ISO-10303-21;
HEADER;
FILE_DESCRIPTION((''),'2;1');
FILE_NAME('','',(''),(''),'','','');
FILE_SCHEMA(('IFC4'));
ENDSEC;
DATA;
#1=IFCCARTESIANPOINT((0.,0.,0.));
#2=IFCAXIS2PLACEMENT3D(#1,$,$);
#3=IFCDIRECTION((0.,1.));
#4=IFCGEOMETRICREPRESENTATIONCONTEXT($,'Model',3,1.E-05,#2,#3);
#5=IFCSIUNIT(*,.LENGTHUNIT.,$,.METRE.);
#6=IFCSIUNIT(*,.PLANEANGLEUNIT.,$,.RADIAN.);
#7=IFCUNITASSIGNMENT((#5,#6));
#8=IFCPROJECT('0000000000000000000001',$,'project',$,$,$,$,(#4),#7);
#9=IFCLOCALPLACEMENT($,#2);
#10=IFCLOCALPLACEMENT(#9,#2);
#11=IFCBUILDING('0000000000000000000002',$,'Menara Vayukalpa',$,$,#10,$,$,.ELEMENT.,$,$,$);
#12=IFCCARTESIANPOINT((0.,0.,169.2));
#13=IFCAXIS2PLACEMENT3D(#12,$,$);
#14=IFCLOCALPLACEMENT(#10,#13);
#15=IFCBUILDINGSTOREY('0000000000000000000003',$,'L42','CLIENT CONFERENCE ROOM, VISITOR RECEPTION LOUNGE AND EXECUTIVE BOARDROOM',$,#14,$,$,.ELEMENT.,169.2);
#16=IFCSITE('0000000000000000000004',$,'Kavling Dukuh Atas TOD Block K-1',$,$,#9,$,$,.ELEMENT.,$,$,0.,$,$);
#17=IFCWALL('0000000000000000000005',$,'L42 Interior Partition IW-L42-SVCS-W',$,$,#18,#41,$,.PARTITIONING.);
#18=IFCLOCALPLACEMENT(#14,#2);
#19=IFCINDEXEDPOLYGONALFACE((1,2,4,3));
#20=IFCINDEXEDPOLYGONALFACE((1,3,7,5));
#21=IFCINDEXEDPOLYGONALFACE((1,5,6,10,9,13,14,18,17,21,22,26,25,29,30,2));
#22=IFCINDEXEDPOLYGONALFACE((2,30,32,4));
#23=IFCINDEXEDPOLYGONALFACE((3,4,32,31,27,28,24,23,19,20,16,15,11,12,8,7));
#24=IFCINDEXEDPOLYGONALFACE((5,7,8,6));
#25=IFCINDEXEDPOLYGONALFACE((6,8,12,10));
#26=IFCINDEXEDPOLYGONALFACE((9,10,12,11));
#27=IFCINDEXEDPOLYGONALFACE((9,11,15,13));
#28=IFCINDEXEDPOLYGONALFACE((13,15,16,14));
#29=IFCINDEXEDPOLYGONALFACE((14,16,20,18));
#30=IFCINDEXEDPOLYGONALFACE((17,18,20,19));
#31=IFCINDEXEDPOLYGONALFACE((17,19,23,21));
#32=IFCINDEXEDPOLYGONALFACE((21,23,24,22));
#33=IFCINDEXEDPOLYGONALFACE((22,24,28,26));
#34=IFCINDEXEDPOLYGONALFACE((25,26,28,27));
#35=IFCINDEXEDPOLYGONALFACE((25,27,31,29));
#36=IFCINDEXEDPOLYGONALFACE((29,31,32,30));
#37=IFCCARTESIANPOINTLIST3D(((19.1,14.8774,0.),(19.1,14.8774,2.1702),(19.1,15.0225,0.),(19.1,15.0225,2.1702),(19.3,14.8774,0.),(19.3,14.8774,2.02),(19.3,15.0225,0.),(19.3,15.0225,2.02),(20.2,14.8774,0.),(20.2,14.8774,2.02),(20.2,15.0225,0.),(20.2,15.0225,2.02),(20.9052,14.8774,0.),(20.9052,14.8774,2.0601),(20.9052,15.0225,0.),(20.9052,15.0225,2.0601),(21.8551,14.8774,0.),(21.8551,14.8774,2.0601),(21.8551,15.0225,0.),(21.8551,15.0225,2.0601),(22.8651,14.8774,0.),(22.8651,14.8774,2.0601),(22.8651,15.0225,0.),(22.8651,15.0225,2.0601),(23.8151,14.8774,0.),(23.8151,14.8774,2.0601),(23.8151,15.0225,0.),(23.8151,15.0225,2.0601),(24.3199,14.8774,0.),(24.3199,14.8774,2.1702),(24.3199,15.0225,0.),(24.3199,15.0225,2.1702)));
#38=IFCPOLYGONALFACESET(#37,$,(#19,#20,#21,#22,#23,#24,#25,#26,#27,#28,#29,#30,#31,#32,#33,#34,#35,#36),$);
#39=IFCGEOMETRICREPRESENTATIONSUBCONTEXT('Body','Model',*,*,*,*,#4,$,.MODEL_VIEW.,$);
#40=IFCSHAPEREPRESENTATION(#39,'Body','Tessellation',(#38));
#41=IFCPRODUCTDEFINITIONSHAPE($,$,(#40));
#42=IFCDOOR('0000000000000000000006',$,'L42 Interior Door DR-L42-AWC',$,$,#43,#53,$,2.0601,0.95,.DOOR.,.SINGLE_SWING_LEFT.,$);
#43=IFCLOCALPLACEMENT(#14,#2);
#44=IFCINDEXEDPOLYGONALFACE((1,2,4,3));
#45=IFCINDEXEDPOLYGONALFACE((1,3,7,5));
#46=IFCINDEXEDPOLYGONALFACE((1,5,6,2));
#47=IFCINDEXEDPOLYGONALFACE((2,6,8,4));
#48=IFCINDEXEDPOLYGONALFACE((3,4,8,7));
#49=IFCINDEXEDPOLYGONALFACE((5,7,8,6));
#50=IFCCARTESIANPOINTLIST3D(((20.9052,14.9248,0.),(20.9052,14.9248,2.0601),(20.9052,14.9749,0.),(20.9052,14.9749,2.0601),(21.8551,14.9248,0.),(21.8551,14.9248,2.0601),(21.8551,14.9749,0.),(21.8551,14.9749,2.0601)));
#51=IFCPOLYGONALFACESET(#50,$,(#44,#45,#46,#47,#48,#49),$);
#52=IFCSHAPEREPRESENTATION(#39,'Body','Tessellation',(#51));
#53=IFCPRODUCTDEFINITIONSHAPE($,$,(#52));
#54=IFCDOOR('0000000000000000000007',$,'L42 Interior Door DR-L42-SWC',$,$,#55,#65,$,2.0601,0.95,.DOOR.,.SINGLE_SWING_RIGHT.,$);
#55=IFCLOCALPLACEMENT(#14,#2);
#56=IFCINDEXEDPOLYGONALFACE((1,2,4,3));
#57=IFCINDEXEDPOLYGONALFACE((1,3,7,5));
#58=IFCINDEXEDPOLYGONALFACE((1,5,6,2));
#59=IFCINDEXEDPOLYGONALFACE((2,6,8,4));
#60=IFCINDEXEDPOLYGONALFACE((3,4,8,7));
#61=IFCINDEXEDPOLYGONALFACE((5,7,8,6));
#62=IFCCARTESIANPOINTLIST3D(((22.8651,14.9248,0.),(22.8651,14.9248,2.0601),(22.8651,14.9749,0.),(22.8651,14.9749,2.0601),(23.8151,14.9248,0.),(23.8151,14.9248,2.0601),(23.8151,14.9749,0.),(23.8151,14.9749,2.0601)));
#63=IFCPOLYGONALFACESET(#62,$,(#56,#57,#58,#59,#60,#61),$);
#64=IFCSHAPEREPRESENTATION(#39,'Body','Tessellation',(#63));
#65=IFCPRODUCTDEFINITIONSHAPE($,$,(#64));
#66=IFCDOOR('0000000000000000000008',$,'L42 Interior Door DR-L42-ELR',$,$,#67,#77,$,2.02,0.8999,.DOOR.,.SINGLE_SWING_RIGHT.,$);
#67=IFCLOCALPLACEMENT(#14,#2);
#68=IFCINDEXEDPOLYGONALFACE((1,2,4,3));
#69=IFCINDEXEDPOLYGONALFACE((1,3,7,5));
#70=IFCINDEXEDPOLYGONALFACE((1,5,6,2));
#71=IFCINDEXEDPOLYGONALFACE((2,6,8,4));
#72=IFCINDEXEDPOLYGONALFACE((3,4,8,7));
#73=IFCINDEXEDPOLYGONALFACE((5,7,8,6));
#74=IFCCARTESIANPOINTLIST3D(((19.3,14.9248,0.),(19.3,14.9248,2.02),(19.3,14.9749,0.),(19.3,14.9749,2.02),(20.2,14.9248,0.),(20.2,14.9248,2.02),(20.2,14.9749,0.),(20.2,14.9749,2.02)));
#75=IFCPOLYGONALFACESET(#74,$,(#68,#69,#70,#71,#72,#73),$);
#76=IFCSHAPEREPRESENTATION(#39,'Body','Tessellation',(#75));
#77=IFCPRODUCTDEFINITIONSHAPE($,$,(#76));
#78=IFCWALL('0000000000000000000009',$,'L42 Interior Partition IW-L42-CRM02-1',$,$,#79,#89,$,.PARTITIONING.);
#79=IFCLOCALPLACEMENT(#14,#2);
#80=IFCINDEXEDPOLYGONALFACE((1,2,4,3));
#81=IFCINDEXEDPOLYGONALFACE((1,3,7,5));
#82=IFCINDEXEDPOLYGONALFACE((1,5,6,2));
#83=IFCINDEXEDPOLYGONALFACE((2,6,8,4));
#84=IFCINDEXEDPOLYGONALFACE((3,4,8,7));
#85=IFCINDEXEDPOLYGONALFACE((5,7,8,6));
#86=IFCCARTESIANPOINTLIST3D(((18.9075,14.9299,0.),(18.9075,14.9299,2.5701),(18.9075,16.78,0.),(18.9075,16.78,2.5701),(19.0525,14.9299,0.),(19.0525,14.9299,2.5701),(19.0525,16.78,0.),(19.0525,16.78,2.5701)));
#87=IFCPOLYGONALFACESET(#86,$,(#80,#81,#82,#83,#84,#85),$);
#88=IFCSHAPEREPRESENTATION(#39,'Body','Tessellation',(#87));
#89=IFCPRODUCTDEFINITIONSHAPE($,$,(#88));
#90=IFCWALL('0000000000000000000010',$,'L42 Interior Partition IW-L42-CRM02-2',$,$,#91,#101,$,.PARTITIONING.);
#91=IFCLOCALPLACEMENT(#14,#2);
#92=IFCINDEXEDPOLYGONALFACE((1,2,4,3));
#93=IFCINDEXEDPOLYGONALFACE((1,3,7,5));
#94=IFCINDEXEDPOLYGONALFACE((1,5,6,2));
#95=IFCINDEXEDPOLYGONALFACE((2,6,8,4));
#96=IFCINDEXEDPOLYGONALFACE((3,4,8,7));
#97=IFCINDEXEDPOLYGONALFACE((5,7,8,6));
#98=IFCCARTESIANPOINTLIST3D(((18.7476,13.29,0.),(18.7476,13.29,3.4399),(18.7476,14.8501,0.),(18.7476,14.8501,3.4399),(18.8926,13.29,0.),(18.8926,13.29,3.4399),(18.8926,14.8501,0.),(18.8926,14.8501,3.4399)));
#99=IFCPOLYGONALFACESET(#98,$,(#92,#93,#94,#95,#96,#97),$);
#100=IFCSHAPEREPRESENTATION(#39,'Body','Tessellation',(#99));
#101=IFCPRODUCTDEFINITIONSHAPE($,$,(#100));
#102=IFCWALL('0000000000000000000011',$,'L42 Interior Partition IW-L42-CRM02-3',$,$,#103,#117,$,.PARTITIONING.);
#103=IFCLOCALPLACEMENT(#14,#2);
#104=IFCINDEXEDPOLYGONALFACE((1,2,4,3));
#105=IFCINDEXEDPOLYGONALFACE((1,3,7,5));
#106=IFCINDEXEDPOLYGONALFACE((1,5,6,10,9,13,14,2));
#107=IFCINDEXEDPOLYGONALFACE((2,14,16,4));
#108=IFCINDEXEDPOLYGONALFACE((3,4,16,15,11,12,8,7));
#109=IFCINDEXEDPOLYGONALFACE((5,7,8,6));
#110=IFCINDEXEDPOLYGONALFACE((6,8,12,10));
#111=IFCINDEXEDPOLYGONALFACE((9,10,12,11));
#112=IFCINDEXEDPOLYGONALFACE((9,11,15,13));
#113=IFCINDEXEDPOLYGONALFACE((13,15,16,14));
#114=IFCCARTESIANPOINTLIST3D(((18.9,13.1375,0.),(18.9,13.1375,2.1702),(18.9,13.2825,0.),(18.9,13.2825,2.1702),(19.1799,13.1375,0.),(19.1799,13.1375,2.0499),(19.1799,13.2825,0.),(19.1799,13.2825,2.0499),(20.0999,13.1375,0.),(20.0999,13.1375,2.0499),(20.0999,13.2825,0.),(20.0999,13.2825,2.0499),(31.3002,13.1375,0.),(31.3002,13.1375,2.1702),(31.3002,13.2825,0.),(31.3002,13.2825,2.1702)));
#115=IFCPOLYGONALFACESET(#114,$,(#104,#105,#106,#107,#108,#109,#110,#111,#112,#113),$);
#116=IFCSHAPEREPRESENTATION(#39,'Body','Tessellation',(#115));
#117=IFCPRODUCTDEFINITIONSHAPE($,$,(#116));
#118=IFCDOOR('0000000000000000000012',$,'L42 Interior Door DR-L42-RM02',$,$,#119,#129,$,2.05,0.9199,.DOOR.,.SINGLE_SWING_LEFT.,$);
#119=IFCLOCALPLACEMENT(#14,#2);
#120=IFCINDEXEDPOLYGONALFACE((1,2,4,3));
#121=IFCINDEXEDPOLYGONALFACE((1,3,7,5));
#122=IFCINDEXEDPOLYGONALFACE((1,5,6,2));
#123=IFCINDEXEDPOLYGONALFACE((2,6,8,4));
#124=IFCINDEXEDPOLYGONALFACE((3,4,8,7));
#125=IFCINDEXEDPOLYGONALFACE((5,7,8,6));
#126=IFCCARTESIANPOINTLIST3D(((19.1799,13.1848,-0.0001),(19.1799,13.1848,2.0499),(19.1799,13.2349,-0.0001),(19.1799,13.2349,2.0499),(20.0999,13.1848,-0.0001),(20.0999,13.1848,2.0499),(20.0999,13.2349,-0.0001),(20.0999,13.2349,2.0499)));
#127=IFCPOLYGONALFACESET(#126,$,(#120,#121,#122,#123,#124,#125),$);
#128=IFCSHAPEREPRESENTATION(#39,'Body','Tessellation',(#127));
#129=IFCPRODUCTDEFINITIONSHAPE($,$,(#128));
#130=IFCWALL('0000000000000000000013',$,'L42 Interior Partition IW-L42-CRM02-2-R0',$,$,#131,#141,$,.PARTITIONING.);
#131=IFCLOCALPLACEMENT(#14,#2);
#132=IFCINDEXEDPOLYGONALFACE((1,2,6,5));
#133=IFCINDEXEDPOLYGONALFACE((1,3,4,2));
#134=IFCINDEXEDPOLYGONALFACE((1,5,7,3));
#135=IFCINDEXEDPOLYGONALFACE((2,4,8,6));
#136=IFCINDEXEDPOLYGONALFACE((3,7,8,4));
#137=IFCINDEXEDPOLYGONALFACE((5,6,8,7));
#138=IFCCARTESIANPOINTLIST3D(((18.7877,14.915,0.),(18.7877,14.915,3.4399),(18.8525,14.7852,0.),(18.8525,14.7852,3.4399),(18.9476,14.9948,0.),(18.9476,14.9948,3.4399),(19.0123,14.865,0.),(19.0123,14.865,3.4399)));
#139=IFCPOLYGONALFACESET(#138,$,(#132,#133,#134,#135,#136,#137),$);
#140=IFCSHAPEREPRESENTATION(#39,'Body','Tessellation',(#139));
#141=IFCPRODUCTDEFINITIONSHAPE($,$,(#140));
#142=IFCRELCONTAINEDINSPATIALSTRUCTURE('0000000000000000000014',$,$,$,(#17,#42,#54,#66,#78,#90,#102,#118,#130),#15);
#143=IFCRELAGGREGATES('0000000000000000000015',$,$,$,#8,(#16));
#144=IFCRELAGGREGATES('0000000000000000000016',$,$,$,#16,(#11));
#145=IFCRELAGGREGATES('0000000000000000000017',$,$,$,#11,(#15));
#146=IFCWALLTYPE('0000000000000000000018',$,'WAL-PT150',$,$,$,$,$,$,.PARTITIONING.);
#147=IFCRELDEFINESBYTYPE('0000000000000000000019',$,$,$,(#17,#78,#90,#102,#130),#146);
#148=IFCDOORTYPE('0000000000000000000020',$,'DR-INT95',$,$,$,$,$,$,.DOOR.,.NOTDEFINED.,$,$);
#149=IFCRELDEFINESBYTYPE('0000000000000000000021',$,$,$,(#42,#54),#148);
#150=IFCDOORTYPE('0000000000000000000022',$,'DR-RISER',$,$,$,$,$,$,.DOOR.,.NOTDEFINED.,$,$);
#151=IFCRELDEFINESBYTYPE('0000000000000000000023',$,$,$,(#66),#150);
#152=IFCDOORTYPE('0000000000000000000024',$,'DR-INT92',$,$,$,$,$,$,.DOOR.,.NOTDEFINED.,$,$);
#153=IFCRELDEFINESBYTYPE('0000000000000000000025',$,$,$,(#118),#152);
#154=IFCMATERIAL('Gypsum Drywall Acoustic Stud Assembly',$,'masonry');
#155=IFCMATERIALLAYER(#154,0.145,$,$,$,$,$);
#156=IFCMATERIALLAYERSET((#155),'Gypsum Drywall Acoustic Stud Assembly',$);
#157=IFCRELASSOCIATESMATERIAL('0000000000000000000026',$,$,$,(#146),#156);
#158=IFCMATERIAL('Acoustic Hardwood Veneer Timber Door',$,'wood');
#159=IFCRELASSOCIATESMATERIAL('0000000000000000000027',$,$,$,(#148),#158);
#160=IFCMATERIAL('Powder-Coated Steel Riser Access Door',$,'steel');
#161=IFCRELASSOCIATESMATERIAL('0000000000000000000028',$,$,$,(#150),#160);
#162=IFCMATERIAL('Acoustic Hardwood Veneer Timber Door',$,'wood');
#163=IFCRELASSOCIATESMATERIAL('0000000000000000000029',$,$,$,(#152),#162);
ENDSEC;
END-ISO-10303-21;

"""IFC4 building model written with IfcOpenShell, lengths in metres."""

from ifc_helpers import new_model, si_unit, direction, frame, frame_2d, origin, place, context, subcontext, project, spatial, rectangle, extrude, material, layer, layer_set, type_object, element, fill, save


model = new_model("IFC4")

# Units and contexts
model_context = context("Model", 3, precision=1e-05, world=origin(), true_north=direction((0.0, 1.0)))
body_context = subcontext(model_context, "Body", "Model", "MODEL_VIEW")
ifc_project = project(units=[si_unit("LENGTHUNIT", "METRE"), si_unit("PLANEANGLEUNIT", "RADIAN")], contexts=[model_context])

# Site, building, storey
site_placement = place(None, origin())
site = spatial("IfcSite", under=ifc_project, at=site_placement, Name="Kavling Dukuh Atas TOD Block K-1", CompositionType="ELEMENT", RefElevation=0.0)
building_placement = place(site_placement, origin())
building = spatial("IfcBuilding", under=site, at=building_placement, Name="Menara Vayukalpa", CompositionType="ELEMENT")
storey_placement = place(building_placement, frame((0.0, 0.0, 169.2)))
storey = spatial("IfcBuildingStorey", under=building, at=storey_placement, Name="L42", Description="CLIENT CONFERENCE ROOM, VISITOR RECEPTION LOUNGE AND EXECUTIVE BOARDROOM", CompositionType="ELEMENT", Elevation=169.2)

# Wall, openings, doors
ifc_material_1 = material(Name="Gypsum Drywall Acoustic Stud Assembly", Category="masonry")
ifc_layer_1 = layer(ifc_material_1, 0.145)
ifc_layer_set_1 = layer_set([ifc_layer_1], Name="Gypsum Drywall Acoustic Stud Assembly")
wall_type_1 = type_object("IfcWallType", Name="WAL-PT150", PredefinedType="PARTITIONING", material=ifc_layer_set_1)
wall_1_placement = place(storey_placement, frame((19.1001, 14.95, 0.0), z_axis=(0.0, 0.0, 1.0), x_axis=(1.0, 0.0, 0.0)))
wall_1 = element("IfcWall", 1, at=wall_1_placement, inside=storey, type_object=wall_type_1, Name="L42 Interior Partition IW-L42-SVCS-W", PredefinedType="PARTITIONING", context=body_context, shape_type="SweptSolid", body=[
    extrude(rectangle(XDim=5.22, YDim=0.145, at=frame_2d((2.6099, 0.0))), origin(), (0.0, 0.0, 1.0), 2.1702),
])
opening_1_placement = place(wall_1_placement, frame((0.2, 0.0, 0.0)))
opening_1 = element("IfcOpeningElement", 2, at=opening_1_placement, cuts=wall_1, PredefinedType="OPENING", context=body_context, shape_type="SweptSolid", body=[
    extrude(rectangle(XDim=0.8999, YDim=2.02, at=frame_2d((0.45, 1.01))), frame((0.0, 0.0825, 0.0), z_axis=(0.0, -1.0, 0.0), x_axis=(1.0, 0.0, 0.0)), (0.0, 0.0, 1.0), 0.165),
])
opening_2_placement = place(wall_1_placement, frame((1.8049, 0.0, 0.0)))
opening_2 = element("IfcOpeningElement", 3, at=opening_2_placement, cuts=wall_1, PredefinedType="OPENING", context=body_context, shape_type="SweptSolid", body=[
    extrude(rectangle(XDim=0.95, YDim=2.0601, at=frame_2d((0.4751, 1.03))), frame((0.0, 0.0825, 0.0), z_axis=(0.0, -1.0, 0.0), x_axis=(1.0, 0.0, 0.0)), (0.0, 0.0, 1.0), 0.165),
])
opening_3_placement = place(wall_1_placement, frame((3.7649, 0.0, 0.0)))
opening_3 = element("IfcOpeningElement", 4, at=opening_3_placement, cuts=wall_1, PredefinedType="OPENING", context=body_context, shape_type="SweptSolid", body=[
    extrude(rectangle(XDim=0.95, YDim=2.0601, at=frame_2d((0.4751, 1.03))), frame((0.0, 0.0825, 0.0), z_axis=(0.0, -1.0, 0.0), x_axis=(1.0, 0.0, 0.0)), (0.0, 0.0, 1.0), 0.165),
])
ifc_material_2 = material(Name="Acoustic Hardwood Veneer Timber Door", Category="wood")
door_type_1 = type_object("IfcDoorType", Name="DR-INT95", OperationType="NOTDEFINED", PredefinedType="DOOR", material=ifc_material_2)
door_1_placement = place(opening_2_placement, origin())
door_1 = element("IfcDoor", 5, at=door_1_placement, inside=storey, type_object=door_type_1, Name="L42 Interior Door DR-L42-AWC", OperationType="SINGLE_SWING_LEFT", OverallHeight=2.0601, OverallWidth=0.95, PredefinedType="DOOR", context=body_context, shape_type="SweptSolid", body=[
    extrude(rectangle(XDim=0.95, YDim=2.0601, at=frame_2d((0.4751, 1.03))), frame((0.0, 0.0249, 0.0), z_axis=(0.0, -1.0, 0.0), x_axis=(1.0, 0.0, 0.0)), (0.0, 0.0, 1.0), 0.05),
])
fill(opening_2, door_1)
door_2_placement = place(opening_3_placement, origin())
door_2 = element("IfcDoor", 6, at=door_2_placement, inside=storey, type_object=door_type_1, Name="L42 Interior Door DR-L42-SWC", OperationType="SINGLE_SWING_RIGHT", OverallHeight=2.0601, OverallWidth=0.95, PredefinedType="DOOR", context=body_context, shape_type="SweptSolid", body=[
    extrude(rectangle(XDim=0.95, YDim=2.0601, at=frame_2d((0.4751, 1.03))), frame((0.0, 0.0249, 0.0), z_axis=(0.0, -1.0, 0.0), x_axis=(1.0, 0.0, 0.0)), (0.0, 0.0, 1.0), 0.05),
])
fill(opening_3, door_2)
ifc_material_3 = material(Name="Powder-Coated Steel Riser Access Door", Category="steel")
door_type_2 = type_object("IfcDoorType", Name="DR-RISER", OperationType="NOTDEFINED", PredefinedType="DOOR", material=ifc_material_3)
door_3_placement = place(opening_1_placement, origin())
door_3 = element("IfcDoor", 7, at=door_3_placement, inside=storey, type_object=door_type_2, Name="L42 Interior Door DR-L42-ELR", OperationType="SINGLE_SWING_RIGHT", OverallHeight=2.02, OverallWidth=0.8999, PredefinedType="DOOR", context=body_context, shape_type="SweptSolid", body=[
    extrude(rectangle(XDim=0.8999, YDim=2.02, at=frame_2d((0.45, 1.01))), frame((0.0, 0.0249, 0.0), z_axis=(0.0, -1.0, 0.0), x_axis=(1.0, 0.0, 0.0)), (0.0, 0.0, 1.0), 0.05),
])
fill(opening_1, door_3)

# Walls
wall_2_placement = place(storey_placement, frame((18.98, 16.78, 0.0), z_axis=(0.0, 0.0, 1.0), x_axis=(0.0, -1.0, 0.0)))
element("IfcWall", 8, at=wall_2_placement, inside=storey, type_object=wall_type_1, Name="L42 Interior Partition IW-L42-CRM02-1", PredefinedType="PARTITIONING", context=body_context, shape_type="SweptSolid", body=[
    extrude(rectangle(XDim=1.8501, YDim=0.145, at=frame_2d((0.925, 0.0))), origin(), (0.0, 0.0, 1.0), 2.5701),
])
wall_3_placement = place(storey_placement, frame((18.8201, 14.8501, 0.0), z_axis=(0.0, 0.0, 1.0), x_axis=(0.0, -1.0, 0.0)))
element("IfcWall", 9, at=wall_3_placement, inside=storey, type_object=wall_type_1, Name="L42 Interior Partition IW-L42-CRM02-2", PredefinedType="PARTITIONING", context=body_context, shape_type="SweptSolid", body=[
    extrude(rectangle(XDim=1.5601, YDim=0.145, at=frame_2d((0.78, 0.0))), origin(), (0.0, 0.0, 1.0), 3.4399),
])

# Wall, opening, door
wall_4_placement = place(storey_placement, frame((18.8999, 13.21, 0.0), z_axis=(0.0, 0.0, 1.0), x_axis=(1.0, 0.0, 0.0)))
wall_4 = element("IfcWall", 10, at=wall_4_placement, inside=storey, type_object=wall_type_1, Name="L42 Interior Partition IW-L42-CRM02-3", PredefinedType="PARTITIONING", context=body_context, shape_type="SweptSolid", body=[
    extrude(rectangle(XDim=12.4001, YDim=0.145, at=frame_2d((6.2002, 0.0))), origin(), (0.0, 0.0, 1.0), 2.1702),
])
opening_4_placement = place(wall_4_placement, frame((0.28, 0.0, 0.0)))
opening_4 = element("IfcOpeningElement", 11, at=opening_4_placement, cuts=wall_4, PredefinedType="OPENING", context=body_context, shape_type="SweptSolid", body=[
    extrude(rectangle(XDim=0.9199, YDim=2.05, at=frame_2d((0.46, 1.0249))), frame((0.0, 0.0825, 0.0), z_axis=(0.0, -1.0, 0.0), x_axis=(1.0, 0.0, 0.0)), (0.0, 0.0, 1.0), 0.165),
])
ifc_material_4 = material(Name="Acoustic Hardwood Veneer Timber Door", Category="wood")
door_type_3 = type_object("IfcDoorType", Name="DR-INT92", OperationType="NOTDEFINED", PredefinedType="DOOR", material=ifc_material_4)
door_4_placement = place(opening_4_placement, origin())
door_4 = element("IfcDoor", 12, at=door_4_placement, inside=storey, type_object=door_type_3, Name="L42 Interior Door DR-L42-RM02", OperationType="SINGLE_SWING_LEFT", OverallHeight=2.05, OverallWidth=0.9199, PredefinedType="DOOR", context=body_context, shape_type="SweptSolid", body=[
    extrude(rectangle(XDim=0.9199, YDim=2.05, at=frame_2d((0.46, 1.0249))), frame((0.0, 0.0249, 0.0), z_axis=(0.0, -1.0, 0.0), x_axis=(1.0, 0.0, 0.0)), (0.0, 0.0, 1.0), 0.05),
])
fill(opening_4, door_4)

# Wall
wall_5_placement = place(storey_placement, frame((18.8201, 14.8501, 0.0), z_axis=(0.0, 0.0, 1.0), x_axis=(0.8947, 0.446667, 0.0)))
element("IfcWall", 13, at=wall_5_placement, inside=storey, type_object=wall_type_1, Name="L42 Interior Partition IW-L42-CRM02-2-R0", PredefinedType="PARTITIONING", context=body_context, shape_type="SweptSolid", body=[
    extrude(rectangle(XDim=0.1787, YDim=0.145, at=frame_2d((0.0894, 0.0))), origin(), (0.0, 0.0, 1.0), 3.4399),
])

save(model, "model.ifc")
